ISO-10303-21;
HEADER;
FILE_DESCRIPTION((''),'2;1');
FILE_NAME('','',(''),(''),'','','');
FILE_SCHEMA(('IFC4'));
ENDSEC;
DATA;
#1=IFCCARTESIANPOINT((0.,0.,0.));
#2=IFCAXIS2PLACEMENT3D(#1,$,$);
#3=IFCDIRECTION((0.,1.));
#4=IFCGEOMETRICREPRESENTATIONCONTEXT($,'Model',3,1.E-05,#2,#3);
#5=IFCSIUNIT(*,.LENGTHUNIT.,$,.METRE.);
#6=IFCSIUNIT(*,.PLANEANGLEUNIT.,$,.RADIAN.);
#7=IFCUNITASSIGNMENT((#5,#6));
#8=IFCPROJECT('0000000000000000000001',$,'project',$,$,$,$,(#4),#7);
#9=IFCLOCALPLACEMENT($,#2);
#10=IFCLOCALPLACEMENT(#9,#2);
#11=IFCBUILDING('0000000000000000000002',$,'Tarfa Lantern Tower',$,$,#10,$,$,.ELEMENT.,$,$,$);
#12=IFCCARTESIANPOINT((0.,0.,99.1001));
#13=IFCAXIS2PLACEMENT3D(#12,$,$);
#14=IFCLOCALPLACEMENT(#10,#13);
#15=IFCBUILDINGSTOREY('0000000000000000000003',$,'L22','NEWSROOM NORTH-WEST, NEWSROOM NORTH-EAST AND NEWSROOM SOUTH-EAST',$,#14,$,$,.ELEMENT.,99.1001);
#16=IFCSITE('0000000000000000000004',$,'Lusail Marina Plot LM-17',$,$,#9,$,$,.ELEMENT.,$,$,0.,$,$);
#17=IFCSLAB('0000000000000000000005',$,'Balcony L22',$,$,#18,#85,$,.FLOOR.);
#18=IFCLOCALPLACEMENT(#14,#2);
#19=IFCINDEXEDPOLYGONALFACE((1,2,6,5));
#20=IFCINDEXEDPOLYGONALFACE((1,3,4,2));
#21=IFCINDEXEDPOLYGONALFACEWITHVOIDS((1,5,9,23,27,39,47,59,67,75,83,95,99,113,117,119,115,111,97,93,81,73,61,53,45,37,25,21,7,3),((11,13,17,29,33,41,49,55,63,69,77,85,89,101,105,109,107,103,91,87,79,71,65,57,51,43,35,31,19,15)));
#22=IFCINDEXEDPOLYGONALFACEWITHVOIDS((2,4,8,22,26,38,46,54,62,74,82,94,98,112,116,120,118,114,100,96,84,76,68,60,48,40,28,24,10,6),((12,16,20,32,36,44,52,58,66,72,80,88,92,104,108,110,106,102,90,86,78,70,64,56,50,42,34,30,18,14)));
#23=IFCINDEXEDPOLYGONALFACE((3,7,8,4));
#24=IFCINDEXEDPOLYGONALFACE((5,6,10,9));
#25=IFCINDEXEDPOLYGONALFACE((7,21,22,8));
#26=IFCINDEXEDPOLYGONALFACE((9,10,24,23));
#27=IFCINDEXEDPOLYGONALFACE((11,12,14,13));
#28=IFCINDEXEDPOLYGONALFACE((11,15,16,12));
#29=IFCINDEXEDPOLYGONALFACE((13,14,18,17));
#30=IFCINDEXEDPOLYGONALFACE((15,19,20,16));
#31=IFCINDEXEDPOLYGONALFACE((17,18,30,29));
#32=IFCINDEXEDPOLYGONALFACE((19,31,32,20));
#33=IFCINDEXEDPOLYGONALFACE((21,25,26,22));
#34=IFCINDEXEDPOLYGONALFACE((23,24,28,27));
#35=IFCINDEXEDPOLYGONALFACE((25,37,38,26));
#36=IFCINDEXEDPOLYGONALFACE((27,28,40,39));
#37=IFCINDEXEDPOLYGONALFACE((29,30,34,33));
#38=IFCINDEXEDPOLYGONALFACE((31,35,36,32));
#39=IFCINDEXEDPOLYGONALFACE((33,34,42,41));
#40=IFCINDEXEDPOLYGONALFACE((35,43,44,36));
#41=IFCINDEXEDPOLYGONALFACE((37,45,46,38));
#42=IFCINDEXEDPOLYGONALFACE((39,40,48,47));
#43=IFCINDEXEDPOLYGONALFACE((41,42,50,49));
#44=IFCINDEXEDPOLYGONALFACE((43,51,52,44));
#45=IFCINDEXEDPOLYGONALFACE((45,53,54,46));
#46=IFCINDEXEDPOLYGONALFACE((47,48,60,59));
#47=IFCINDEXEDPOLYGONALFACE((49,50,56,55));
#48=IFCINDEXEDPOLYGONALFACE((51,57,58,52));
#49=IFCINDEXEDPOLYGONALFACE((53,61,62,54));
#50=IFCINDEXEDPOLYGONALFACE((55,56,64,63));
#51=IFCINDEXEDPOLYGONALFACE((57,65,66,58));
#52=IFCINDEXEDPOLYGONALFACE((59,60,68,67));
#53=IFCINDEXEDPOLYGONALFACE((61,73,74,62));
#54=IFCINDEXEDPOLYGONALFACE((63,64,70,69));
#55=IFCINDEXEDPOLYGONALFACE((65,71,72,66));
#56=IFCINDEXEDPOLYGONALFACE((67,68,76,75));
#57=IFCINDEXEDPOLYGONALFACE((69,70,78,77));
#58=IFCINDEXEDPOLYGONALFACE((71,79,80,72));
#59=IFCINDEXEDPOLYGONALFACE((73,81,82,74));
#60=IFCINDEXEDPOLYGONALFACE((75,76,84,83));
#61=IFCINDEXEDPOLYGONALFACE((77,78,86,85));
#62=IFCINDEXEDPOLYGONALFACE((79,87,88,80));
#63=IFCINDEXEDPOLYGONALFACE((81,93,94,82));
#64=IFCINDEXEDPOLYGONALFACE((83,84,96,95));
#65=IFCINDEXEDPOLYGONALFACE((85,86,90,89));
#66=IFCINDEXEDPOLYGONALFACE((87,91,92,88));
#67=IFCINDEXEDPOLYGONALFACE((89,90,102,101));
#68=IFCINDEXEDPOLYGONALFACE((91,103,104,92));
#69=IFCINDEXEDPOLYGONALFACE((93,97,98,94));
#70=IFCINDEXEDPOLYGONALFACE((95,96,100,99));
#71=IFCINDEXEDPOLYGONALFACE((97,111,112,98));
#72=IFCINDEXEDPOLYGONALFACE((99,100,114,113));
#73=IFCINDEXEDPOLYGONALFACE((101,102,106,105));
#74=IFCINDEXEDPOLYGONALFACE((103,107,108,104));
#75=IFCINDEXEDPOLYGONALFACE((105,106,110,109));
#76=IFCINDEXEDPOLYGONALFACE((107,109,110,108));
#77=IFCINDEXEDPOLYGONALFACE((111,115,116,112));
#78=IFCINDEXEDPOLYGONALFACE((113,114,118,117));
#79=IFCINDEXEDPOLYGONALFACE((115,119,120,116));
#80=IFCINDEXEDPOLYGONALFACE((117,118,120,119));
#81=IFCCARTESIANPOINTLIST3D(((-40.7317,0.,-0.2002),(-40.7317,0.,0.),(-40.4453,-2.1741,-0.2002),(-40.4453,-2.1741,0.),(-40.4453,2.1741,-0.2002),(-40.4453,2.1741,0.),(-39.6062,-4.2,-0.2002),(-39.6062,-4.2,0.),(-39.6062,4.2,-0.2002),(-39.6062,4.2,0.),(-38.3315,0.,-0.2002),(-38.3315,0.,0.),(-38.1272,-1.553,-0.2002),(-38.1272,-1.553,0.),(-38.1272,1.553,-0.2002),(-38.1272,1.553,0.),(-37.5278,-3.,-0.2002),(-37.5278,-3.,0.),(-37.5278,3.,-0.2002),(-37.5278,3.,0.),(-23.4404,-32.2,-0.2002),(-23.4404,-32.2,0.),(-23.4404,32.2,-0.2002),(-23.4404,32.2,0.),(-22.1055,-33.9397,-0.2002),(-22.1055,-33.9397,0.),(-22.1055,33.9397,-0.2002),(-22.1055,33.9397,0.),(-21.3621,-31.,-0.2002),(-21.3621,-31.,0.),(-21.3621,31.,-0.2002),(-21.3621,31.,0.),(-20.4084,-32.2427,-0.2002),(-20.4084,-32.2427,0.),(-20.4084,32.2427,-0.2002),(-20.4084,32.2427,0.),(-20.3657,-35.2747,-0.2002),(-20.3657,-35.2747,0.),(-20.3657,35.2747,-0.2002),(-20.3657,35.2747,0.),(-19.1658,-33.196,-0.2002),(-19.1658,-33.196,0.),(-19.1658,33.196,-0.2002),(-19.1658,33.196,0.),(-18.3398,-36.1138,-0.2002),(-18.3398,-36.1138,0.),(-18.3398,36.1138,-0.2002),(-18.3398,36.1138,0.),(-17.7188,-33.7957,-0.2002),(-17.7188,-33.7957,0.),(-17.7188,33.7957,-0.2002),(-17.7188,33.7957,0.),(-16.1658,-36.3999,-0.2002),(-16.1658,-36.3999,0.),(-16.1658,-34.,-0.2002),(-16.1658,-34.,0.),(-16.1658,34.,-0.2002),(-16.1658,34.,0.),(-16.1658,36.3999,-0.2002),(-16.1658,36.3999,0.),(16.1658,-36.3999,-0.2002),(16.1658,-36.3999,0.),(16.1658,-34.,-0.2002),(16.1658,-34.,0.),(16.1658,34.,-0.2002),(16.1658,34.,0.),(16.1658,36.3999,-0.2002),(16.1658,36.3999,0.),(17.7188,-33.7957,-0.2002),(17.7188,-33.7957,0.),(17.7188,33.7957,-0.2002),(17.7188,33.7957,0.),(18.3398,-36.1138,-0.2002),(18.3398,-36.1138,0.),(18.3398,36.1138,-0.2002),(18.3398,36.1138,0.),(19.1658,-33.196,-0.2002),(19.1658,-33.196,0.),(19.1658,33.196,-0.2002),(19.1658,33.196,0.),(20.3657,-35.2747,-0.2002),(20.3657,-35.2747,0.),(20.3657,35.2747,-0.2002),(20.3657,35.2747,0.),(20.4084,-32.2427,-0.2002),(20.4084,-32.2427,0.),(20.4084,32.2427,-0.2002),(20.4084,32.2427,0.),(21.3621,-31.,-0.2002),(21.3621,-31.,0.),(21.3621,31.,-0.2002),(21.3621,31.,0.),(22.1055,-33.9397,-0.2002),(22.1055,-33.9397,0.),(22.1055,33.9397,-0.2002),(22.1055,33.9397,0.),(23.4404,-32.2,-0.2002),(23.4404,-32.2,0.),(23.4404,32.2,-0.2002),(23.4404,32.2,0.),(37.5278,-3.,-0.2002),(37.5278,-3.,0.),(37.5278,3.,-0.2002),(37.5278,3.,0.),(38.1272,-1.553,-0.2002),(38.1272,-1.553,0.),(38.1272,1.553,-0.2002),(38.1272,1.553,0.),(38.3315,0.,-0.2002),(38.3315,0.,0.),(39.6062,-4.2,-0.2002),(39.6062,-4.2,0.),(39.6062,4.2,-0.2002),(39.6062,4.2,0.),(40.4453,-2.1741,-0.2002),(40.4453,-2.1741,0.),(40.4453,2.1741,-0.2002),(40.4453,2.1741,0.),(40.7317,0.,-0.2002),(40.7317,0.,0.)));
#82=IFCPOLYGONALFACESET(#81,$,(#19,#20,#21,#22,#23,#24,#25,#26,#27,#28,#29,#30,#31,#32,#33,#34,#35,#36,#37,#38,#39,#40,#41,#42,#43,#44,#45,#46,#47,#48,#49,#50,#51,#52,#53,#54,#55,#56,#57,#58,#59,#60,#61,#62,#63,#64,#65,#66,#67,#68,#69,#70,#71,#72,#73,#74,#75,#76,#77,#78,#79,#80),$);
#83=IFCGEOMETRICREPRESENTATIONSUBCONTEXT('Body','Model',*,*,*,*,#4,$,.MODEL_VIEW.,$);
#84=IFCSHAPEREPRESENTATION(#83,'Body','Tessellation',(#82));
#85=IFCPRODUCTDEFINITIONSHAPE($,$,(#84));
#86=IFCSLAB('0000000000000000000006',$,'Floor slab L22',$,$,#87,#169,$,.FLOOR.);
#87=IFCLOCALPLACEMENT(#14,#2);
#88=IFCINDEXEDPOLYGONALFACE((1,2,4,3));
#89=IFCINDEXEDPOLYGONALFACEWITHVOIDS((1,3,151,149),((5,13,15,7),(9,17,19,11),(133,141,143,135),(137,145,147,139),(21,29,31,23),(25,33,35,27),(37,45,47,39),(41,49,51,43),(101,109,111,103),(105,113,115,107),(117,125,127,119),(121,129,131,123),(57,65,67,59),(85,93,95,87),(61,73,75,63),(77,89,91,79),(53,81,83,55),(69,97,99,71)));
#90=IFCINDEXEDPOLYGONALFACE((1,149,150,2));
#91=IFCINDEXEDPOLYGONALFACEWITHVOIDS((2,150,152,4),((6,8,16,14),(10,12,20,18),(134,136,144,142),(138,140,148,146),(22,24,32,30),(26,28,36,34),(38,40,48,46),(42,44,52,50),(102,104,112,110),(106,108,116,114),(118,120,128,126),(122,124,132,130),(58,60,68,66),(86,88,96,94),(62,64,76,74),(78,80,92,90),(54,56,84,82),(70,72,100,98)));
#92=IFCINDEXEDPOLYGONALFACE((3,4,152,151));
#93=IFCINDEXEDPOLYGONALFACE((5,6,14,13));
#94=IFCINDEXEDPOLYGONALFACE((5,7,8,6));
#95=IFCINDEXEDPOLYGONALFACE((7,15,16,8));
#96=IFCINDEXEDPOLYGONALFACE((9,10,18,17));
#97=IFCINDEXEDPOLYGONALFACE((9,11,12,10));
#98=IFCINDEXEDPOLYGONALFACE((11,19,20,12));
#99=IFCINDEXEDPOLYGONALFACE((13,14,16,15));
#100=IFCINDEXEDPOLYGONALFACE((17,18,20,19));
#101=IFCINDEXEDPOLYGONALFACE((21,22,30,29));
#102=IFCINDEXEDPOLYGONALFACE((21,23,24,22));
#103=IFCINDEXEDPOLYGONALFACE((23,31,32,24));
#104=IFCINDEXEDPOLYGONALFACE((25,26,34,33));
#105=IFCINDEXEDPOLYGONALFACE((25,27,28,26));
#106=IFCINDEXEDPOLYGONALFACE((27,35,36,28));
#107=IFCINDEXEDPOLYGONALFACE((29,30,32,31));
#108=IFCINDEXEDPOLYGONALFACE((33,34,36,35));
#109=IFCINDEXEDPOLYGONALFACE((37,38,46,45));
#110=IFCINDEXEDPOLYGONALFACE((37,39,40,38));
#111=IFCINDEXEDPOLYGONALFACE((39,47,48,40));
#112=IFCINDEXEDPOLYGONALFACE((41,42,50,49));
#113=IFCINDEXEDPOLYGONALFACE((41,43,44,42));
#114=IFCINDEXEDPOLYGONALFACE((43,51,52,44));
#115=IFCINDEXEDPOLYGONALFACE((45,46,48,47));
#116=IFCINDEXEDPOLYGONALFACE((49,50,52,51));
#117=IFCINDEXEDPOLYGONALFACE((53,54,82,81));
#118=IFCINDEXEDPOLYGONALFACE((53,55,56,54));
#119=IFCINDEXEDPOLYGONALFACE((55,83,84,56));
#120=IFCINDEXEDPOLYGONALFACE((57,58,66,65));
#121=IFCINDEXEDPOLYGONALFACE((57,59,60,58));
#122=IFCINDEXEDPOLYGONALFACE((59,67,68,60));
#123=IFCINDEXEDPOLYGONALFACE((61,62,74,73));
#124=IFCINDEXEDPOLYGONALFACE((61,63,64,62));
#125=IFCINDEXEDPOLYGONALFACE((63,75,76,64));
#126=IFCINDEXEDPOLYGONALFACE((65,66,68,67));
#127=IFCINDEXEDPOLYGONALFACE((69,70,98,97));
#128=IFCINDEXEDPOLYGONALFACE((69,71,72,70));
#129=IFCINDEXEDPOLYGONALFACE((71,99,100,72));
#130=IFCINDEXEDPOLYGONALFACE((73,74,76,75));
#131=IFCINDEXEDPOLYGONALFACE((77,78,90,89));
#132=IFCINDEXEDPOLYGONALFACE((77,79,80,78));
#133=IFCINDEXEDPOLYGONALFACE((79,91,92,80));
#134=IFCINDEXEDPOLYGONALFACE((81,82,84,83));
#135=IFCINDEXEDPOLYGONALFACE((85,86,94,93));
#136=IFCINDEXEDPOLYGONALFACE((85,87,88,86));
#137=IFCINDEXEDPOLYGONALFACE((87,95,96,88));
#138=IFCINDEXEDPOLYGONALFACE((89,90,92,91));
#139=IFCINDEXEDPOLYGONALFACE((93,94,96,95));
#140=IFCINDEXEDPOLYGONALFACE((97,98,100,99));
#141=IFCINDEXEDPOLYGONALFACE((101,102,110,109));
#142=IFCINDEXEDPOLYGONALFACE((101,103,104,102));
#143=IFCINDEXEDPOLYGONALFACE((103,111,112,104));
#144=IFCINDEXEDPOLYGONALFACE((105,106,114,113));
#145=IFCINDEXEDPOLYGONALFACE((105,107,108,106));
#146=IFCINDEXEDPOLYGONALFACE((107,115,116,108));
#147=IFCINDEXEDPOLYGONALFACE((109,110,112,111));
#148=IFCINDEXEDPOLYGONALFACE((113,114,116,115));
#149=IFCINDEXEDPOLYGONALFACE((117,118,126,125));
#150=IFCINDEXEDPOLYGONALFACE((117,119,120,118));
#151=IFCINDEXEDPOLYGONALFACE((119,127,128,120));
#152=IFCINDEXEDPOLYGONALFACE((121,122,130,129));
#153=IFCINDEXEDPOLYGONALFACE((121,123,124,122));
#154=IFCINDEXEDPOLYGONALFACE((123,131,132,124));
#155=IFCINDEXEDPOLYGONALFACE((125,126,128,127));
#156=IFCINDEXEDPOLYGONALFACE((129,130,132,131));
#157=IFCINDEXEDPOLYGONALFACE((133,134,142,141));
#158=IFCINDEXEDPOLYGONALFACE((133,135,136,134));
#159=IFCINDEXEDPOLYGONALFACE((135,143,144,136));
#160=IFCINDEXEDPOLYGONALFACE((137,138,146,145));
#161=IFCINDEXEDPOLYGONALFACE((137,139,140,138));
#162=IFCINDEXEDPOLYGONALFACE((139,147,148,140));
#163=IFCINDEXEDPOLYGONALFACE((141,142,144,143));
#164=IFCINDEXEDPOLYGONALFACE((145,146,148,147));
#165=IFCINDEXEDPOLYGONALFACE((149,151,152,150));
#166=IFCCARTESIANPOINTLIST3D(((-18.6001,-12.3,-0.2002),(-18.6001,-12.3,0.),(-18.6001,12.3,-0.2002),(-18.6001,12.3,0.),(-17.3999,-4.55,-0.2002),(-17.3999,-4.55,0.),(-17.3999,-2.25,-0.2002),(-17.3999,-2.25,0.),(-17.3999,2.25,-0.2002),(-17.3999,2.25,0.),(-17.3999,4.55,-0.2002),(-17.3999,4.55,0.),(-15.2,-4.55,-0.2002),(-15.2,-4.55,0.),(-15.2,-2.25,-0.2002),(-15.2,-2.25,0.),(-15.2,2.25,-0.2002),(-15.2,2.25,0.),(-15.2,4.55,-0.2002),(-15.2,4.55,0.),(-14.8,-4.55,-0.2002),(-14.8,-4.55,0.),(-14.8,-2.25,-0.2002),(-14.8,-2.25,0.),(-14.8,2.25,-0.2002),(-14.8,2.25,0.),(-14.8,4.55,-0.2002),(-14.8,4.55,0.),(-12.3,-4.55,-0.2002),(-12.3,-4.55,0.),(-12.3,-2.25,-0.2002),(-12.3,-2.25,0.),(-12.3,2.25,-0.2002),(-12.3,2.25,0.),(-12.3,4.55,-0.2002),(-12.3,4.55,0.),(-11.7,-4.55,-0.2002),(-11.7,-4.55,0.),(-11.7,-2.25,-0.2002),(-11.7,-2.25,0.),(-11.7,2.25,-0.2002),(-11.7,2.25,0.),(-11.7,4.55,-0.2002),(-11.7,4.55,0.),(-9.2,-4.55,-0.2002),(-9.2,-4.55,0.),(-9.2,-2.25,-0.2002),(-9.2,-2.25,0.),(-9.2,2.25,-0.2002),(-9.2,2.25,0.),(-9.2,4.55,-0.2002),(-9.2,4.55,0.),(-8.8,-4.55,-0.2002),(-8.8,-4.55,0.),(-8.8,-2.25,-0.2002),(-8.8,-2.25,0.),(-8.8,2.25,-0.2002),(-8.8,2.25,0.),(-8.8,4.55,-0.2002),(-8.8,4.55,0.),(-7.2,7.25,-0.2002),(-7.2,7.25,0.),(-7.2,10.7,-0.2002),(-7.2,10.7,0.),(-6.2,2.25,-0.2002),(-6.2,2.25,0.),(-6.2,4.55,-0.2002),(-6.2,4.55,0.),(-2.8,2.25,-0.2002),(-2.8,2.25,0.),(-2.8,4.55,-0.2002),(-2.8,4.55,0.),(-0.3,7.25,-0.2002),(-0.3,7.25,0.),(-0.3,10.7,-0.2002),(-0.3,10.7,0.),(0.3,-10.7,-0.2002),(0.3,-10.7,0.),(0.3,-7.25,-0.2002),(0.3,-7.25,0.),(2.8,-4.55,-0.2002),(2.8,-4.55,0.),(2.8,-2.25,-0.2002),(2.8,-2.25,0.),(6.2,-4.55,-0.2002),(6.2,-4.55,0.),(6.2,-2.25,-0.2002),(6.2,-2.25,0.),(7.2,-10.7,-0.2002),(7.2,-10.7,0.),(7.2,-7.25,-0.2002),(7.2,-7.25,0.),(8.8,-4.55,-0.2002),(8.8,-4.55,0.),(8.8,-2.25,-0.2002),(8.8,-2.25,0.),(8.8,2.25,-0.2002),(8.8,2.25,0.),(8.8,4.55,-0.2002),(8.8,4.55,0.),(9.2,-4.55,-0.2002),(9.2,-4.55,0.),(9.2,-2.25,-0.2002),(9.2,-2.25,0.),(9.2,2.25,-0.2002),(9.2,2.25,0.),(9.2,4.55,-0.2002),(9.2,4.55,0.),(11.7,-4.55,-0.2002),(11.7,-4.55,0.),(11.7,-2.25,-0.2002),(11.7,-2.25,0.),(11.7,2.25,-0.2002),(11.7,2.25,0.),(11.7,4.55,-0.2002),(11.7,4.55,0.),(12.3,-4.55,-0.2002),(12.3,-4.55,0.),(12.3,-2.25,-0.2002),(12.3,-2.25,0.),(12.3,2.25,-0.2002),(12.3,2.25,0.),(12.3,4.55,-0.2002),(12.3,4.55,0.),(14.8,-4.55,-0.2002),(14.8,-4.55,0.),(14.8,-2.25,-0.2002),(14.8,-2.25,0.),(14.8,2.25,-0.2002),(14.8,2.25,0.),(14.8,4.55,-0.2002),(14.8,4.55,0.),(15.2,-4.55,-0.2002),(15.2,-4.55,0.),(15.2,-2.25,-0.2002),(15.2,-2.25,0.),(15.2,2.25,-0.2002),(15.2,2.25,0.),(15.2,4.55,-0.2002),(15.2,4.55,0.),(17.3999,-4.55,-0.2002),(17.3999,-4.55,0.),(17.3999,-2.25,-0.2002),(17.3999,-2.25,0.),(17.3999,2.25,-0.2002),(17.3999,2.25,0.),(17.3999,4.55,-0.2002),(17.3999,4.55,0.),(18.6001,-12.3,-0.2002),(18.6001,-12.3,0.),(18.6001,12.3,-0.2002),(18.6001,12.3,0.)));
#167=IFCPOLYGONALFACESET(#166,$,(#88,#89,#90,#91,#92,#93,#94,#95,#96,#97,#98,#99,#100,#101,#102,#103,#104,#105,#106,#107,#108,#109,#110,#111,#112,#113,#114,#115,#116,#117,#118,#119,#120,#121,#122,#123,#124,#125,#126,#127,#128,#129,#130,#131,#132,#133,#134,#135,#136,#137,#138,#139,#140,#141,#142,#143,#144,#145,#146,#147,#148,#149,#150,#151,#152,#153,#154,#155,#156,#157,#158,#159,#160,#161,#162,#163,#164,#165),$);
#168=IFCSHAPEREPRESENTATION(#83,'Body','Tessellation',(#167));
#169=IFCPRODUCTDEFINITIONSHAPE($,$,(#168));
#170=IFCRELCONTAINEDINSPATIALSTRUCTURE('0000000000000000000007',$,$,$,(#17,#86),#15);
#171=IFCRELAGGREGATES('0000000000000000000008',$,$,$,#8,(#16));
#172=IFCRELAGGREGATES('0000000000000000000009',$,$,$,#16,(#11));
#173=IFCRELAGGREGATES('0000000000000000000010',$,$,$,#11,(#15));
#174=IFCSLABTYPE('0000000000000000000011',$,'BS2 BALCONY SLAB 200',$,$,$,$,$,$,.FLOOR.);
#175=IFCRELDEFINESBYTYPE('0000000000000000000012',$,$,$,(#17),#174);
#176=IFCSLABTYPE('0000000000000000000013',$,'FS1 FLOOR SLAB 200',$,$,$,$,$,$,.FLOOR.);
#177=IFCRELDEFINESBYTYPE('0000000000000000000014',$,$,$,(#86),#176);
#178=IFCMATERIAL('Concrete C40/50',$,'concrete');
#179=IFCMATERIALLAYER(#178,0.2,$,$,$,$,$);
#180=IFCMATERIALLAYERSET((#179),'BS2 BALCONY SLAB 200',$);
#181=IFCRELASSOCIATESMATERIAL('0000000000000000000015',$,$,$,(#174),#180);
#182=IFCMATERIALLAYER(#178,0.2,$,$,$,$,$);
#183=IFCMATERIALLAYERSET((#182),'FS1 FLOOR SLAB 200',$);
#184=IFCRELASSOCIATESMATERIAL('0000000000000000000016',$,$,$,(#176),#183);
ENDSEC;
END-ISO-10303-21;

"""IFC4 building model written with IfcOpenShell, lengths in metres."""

from ifc_helpers import new_model, si_unit, direction, frame, origin, place, context, subcontext, project, spatial, polyline, outline, extrude, material, layer, layer_set, type_object, element, save


model = new_model("IFC4")

# Units and contexts
model_context = context("Model", 3, precision=1e-05, world=origin(), true_north=direction((0.0, 1.0)))
body_context = subcontext(model_context, "Body", "Model", "MODEL_VIEW")
ifc_project = project(units=[si_unit("LENGTHUNIT", "METRE"), si_unit("PLANEANGLEUNIT", "RADIAN")], contexts=[model_context])

# Site, building, storey
site_placement = place(None, origin())
site = spatial("IfcSite", under=ifc_project, at=site_placement, Name="Lusail Marina Plot LM-17", CompositionType="ELEMENT", RefElevation=0.0)
building_placement = place(site_placement, origin())
building = spatial("IfcBuilding", under=site, at=building_placement, Name="Tarfa Lantern Tower", CompositionType="ELEMENT")
storey_placement = place(building_placement, frame((0.0, 0.0, 99.1001)))
storey = spatial("IfcBuildingStorey", under=building, at=storey_placement, Name="L22", Description="NEWSROOM NORTH-WEST, NEWSROOM NORTH-EAST AND NEWSROOM SOUTH-EAST", CompositionType="ELEMENT", Elevation=99.1001)

# Slabs
ifc_material_1 = material(Name="Concrete C40/50", Category="concrete")
ifc_layer_1 = layer(ifc_material_1, 0.2)
ifc_layer_set_1 = layer_set([ifc_layer_1], Name="BS2 BALCONY SLAB 200")
slab_type_1 = type_object("IfcSlabType", Name="BS2 BALCONY SLAB 200", PredefinedType="FLOOR", material=ifc_layer_set_1)
slab_1_placement = place(storey_placement, frame((0.0, 0.0, -0.2002)))
element("IfcSlab", 1, at=slab_1_placement, inside=storey, type_object=slab_type_1, Name="Balcony L22", PredefinedType="FLOOR", context=body_context, shape_type="SweptSolid", body=[
    extrude(outline(polyline([(39.6062, 4.2), (23.4404, 32.2), (22.1055, 33.9397), (20.3657, 35.2747), (18.3398, 36.1138), (16.1658, 36.3999), (-16.1658, 36.3999), (-18.3398, 36.1138), (-20.3657, 35.2747), (-22.1055, 33.9397), (-23.4404, 32.2), (-39.6062, 4.2), (-40.4453, 2.1741), (-40.7317, 0.0), (-40.4453, -2.1741), (-39.6062, -4.2), (-23.4404, -32.2), (-22.1055, -33.9397), (-20.3657, -35.2747), (-18.3398, -36.1138), (-16.1658, -36.3999), (16.1658, -36.3999), (18.3398, -36.1138), (20.3657, -35.2747), (22.1055, -33.9397), (23.4404, -32.2), (39.6062, -4.2), (40.4453, -2.1741), (40.7317, 0.0), (40.4453, 2.1741), (39.6062, 4.2)]), holes=[polyline([(37.5278, 3.0), (21.3621, 31.0), (20.4084, 32.2427), (19.1658, 33.196), (17.7188, 33.7957), (16.1658, 34.0), (-16.1658, 34.0), (-17.7188, 33.7957), (-19.1658, 33.196), (-20.4084, 32.2427), (-21.3621, 31.0), (-37.5278, 3.0), (-38.1272, 1.553), (-38.3315, 0.0), (-38.1272, -1.553), (-37.5278, -3.0), (-21.3621, -31.0), (-20.4084, -32.2427), (-19.1658, -33.196), (-17.7188, -33.7957), (-16.1658, -34.0), (16.1658, -34.0), (17.7188, -33.7957), (19.1658, -33.196), (20.4084, -32.2427), (21.3621, -31.0), (37.5278, -3.0), (38.1272, -1.553), (38.3315, 0.0), (38.1272, 1.553), (37.5278, 3.0)])]), origin(), (0.0, 0.0, 1.0), 0.2002),
])
ifc_layer_2 = layer(ifc_material_1, 0.2)
ifc_layer_set_2 = layer_set([ifc_layer_2], Name="FS1 FLOOR SLAB 200")
slab_type_2 = type_object("IfcSlabType", Name="FS1 FLOOR SLAB 200", PredefinedType="FLOOR", material=ifc_layer_set_2)
slab_2_placement = place(storey_placement, frame((0.0, 0.0, -0.2002)))
element("IfcSlab", 2, at=slab_2_placement, inside=storey, type_object=slab_type_2, Name="Floor slab L22", PredefinedType="FLOOR", context=body_context, shape_type="SweptSolid", body=[
    extrude(outline(polyline([(-18.6001, -12.3), (18.6001, -12.3), (18.6001, 12.3), (-18.6001, 12.3), (-18.6001, -12.3)]), holes=[polyline([(-17.3999, 2.25), (-15.2, 2.25), (-15.2, 4.55), (-17.3999, 4.55), (-17.3999, 2.25)]), polyline([(-14.8, 2.25), (-12.3, 2.25), (-12.3, 4.55), (-14.8, 4.55), (-14.8, 2.25)]), polyline([(-11.7, 2.25), (-9.2, 2.25), (-9.2, 4.55), (-11.7, 4.55), (-11.7, 2.25)]), polyline([(-8.8, 2.25), (-6.2, 2.25), (-6.2, 4.55), (-8.8, 4.55), (-8.8, 2.25)]), polyline([(-2.8, 2.25), (8.8, 2.25), (8.8, 4.55), (-2.8, 4.55), (-2.8, 2.25)]), polyline([(9.2, 2.25), (11.7, 2.25), (11.7, 4.55), (9.2, 4.55), (9.2, 2.25)]), polyline([(12.3, 2.25), (14.8, 2.25), (14.8, 4.55), (12.3, 4.55), (12.3, 2.25)]), polyline([(15.2, 2.25), (17.3999, 2.25), (17.3999, 4.55), (15.2, 4.55), (15.2, 2.25)]), polyline([(17.3999, -2.25), (15.2, -2.25), (15.2, -4.55), (17.3999, -4.55), (17.3999, -2.25)]), polyline([(14.8, -2.25), (12.3, -2.25), (12.3, -4.55), (14.8, -4.55), (14.8, -2.25)]), polyline([(11.7, -2.25), (9.2, -2.25), (9.2, -4.55), (11.7, -4.55), (11.7, -2.25)]), polyline([(8.8, -2.25), (6.2, -2.25), (6.2, -4.55), (8.8, -4.55), (8.8, -2.25)]), polyline([(2.8, -2.25), (-8.8, -2.25), (-8.8, -4.55), (2.8, -4.55), (2.8, -2.25)]), polyline([(-9.2, -2.25), (-11.7, -2.25), (-11.7, -4.55), (-9.2, -4.55), (-9.2, -2.25)]), polyline([(-12.3, -2.25), (-14.8, -2.25), (-14.8, -4.55), (-12.3, -4.55), (-12.3, -2.25)]), polyline([(-15.2, -2.25), (-17.3999, -2.25), (-17.3999, -4.55), (-15.2, -4.55), (-15.2, -2.25)]), polyline([(-7.2, 7.25), (-0.3, 7.25), (-0.3, 10.7), (-7.2, 10.7), (-7.2, 7.25)]), polyline([(7.2, -7.25), (0.3, -7.25), (0.3, -10.7), (7.2, -10.7), (7.2, -7.25)])]), origin(), (0.0, 0.0, 1.0), 0.2002),
])

save(model, "model.ifc")
